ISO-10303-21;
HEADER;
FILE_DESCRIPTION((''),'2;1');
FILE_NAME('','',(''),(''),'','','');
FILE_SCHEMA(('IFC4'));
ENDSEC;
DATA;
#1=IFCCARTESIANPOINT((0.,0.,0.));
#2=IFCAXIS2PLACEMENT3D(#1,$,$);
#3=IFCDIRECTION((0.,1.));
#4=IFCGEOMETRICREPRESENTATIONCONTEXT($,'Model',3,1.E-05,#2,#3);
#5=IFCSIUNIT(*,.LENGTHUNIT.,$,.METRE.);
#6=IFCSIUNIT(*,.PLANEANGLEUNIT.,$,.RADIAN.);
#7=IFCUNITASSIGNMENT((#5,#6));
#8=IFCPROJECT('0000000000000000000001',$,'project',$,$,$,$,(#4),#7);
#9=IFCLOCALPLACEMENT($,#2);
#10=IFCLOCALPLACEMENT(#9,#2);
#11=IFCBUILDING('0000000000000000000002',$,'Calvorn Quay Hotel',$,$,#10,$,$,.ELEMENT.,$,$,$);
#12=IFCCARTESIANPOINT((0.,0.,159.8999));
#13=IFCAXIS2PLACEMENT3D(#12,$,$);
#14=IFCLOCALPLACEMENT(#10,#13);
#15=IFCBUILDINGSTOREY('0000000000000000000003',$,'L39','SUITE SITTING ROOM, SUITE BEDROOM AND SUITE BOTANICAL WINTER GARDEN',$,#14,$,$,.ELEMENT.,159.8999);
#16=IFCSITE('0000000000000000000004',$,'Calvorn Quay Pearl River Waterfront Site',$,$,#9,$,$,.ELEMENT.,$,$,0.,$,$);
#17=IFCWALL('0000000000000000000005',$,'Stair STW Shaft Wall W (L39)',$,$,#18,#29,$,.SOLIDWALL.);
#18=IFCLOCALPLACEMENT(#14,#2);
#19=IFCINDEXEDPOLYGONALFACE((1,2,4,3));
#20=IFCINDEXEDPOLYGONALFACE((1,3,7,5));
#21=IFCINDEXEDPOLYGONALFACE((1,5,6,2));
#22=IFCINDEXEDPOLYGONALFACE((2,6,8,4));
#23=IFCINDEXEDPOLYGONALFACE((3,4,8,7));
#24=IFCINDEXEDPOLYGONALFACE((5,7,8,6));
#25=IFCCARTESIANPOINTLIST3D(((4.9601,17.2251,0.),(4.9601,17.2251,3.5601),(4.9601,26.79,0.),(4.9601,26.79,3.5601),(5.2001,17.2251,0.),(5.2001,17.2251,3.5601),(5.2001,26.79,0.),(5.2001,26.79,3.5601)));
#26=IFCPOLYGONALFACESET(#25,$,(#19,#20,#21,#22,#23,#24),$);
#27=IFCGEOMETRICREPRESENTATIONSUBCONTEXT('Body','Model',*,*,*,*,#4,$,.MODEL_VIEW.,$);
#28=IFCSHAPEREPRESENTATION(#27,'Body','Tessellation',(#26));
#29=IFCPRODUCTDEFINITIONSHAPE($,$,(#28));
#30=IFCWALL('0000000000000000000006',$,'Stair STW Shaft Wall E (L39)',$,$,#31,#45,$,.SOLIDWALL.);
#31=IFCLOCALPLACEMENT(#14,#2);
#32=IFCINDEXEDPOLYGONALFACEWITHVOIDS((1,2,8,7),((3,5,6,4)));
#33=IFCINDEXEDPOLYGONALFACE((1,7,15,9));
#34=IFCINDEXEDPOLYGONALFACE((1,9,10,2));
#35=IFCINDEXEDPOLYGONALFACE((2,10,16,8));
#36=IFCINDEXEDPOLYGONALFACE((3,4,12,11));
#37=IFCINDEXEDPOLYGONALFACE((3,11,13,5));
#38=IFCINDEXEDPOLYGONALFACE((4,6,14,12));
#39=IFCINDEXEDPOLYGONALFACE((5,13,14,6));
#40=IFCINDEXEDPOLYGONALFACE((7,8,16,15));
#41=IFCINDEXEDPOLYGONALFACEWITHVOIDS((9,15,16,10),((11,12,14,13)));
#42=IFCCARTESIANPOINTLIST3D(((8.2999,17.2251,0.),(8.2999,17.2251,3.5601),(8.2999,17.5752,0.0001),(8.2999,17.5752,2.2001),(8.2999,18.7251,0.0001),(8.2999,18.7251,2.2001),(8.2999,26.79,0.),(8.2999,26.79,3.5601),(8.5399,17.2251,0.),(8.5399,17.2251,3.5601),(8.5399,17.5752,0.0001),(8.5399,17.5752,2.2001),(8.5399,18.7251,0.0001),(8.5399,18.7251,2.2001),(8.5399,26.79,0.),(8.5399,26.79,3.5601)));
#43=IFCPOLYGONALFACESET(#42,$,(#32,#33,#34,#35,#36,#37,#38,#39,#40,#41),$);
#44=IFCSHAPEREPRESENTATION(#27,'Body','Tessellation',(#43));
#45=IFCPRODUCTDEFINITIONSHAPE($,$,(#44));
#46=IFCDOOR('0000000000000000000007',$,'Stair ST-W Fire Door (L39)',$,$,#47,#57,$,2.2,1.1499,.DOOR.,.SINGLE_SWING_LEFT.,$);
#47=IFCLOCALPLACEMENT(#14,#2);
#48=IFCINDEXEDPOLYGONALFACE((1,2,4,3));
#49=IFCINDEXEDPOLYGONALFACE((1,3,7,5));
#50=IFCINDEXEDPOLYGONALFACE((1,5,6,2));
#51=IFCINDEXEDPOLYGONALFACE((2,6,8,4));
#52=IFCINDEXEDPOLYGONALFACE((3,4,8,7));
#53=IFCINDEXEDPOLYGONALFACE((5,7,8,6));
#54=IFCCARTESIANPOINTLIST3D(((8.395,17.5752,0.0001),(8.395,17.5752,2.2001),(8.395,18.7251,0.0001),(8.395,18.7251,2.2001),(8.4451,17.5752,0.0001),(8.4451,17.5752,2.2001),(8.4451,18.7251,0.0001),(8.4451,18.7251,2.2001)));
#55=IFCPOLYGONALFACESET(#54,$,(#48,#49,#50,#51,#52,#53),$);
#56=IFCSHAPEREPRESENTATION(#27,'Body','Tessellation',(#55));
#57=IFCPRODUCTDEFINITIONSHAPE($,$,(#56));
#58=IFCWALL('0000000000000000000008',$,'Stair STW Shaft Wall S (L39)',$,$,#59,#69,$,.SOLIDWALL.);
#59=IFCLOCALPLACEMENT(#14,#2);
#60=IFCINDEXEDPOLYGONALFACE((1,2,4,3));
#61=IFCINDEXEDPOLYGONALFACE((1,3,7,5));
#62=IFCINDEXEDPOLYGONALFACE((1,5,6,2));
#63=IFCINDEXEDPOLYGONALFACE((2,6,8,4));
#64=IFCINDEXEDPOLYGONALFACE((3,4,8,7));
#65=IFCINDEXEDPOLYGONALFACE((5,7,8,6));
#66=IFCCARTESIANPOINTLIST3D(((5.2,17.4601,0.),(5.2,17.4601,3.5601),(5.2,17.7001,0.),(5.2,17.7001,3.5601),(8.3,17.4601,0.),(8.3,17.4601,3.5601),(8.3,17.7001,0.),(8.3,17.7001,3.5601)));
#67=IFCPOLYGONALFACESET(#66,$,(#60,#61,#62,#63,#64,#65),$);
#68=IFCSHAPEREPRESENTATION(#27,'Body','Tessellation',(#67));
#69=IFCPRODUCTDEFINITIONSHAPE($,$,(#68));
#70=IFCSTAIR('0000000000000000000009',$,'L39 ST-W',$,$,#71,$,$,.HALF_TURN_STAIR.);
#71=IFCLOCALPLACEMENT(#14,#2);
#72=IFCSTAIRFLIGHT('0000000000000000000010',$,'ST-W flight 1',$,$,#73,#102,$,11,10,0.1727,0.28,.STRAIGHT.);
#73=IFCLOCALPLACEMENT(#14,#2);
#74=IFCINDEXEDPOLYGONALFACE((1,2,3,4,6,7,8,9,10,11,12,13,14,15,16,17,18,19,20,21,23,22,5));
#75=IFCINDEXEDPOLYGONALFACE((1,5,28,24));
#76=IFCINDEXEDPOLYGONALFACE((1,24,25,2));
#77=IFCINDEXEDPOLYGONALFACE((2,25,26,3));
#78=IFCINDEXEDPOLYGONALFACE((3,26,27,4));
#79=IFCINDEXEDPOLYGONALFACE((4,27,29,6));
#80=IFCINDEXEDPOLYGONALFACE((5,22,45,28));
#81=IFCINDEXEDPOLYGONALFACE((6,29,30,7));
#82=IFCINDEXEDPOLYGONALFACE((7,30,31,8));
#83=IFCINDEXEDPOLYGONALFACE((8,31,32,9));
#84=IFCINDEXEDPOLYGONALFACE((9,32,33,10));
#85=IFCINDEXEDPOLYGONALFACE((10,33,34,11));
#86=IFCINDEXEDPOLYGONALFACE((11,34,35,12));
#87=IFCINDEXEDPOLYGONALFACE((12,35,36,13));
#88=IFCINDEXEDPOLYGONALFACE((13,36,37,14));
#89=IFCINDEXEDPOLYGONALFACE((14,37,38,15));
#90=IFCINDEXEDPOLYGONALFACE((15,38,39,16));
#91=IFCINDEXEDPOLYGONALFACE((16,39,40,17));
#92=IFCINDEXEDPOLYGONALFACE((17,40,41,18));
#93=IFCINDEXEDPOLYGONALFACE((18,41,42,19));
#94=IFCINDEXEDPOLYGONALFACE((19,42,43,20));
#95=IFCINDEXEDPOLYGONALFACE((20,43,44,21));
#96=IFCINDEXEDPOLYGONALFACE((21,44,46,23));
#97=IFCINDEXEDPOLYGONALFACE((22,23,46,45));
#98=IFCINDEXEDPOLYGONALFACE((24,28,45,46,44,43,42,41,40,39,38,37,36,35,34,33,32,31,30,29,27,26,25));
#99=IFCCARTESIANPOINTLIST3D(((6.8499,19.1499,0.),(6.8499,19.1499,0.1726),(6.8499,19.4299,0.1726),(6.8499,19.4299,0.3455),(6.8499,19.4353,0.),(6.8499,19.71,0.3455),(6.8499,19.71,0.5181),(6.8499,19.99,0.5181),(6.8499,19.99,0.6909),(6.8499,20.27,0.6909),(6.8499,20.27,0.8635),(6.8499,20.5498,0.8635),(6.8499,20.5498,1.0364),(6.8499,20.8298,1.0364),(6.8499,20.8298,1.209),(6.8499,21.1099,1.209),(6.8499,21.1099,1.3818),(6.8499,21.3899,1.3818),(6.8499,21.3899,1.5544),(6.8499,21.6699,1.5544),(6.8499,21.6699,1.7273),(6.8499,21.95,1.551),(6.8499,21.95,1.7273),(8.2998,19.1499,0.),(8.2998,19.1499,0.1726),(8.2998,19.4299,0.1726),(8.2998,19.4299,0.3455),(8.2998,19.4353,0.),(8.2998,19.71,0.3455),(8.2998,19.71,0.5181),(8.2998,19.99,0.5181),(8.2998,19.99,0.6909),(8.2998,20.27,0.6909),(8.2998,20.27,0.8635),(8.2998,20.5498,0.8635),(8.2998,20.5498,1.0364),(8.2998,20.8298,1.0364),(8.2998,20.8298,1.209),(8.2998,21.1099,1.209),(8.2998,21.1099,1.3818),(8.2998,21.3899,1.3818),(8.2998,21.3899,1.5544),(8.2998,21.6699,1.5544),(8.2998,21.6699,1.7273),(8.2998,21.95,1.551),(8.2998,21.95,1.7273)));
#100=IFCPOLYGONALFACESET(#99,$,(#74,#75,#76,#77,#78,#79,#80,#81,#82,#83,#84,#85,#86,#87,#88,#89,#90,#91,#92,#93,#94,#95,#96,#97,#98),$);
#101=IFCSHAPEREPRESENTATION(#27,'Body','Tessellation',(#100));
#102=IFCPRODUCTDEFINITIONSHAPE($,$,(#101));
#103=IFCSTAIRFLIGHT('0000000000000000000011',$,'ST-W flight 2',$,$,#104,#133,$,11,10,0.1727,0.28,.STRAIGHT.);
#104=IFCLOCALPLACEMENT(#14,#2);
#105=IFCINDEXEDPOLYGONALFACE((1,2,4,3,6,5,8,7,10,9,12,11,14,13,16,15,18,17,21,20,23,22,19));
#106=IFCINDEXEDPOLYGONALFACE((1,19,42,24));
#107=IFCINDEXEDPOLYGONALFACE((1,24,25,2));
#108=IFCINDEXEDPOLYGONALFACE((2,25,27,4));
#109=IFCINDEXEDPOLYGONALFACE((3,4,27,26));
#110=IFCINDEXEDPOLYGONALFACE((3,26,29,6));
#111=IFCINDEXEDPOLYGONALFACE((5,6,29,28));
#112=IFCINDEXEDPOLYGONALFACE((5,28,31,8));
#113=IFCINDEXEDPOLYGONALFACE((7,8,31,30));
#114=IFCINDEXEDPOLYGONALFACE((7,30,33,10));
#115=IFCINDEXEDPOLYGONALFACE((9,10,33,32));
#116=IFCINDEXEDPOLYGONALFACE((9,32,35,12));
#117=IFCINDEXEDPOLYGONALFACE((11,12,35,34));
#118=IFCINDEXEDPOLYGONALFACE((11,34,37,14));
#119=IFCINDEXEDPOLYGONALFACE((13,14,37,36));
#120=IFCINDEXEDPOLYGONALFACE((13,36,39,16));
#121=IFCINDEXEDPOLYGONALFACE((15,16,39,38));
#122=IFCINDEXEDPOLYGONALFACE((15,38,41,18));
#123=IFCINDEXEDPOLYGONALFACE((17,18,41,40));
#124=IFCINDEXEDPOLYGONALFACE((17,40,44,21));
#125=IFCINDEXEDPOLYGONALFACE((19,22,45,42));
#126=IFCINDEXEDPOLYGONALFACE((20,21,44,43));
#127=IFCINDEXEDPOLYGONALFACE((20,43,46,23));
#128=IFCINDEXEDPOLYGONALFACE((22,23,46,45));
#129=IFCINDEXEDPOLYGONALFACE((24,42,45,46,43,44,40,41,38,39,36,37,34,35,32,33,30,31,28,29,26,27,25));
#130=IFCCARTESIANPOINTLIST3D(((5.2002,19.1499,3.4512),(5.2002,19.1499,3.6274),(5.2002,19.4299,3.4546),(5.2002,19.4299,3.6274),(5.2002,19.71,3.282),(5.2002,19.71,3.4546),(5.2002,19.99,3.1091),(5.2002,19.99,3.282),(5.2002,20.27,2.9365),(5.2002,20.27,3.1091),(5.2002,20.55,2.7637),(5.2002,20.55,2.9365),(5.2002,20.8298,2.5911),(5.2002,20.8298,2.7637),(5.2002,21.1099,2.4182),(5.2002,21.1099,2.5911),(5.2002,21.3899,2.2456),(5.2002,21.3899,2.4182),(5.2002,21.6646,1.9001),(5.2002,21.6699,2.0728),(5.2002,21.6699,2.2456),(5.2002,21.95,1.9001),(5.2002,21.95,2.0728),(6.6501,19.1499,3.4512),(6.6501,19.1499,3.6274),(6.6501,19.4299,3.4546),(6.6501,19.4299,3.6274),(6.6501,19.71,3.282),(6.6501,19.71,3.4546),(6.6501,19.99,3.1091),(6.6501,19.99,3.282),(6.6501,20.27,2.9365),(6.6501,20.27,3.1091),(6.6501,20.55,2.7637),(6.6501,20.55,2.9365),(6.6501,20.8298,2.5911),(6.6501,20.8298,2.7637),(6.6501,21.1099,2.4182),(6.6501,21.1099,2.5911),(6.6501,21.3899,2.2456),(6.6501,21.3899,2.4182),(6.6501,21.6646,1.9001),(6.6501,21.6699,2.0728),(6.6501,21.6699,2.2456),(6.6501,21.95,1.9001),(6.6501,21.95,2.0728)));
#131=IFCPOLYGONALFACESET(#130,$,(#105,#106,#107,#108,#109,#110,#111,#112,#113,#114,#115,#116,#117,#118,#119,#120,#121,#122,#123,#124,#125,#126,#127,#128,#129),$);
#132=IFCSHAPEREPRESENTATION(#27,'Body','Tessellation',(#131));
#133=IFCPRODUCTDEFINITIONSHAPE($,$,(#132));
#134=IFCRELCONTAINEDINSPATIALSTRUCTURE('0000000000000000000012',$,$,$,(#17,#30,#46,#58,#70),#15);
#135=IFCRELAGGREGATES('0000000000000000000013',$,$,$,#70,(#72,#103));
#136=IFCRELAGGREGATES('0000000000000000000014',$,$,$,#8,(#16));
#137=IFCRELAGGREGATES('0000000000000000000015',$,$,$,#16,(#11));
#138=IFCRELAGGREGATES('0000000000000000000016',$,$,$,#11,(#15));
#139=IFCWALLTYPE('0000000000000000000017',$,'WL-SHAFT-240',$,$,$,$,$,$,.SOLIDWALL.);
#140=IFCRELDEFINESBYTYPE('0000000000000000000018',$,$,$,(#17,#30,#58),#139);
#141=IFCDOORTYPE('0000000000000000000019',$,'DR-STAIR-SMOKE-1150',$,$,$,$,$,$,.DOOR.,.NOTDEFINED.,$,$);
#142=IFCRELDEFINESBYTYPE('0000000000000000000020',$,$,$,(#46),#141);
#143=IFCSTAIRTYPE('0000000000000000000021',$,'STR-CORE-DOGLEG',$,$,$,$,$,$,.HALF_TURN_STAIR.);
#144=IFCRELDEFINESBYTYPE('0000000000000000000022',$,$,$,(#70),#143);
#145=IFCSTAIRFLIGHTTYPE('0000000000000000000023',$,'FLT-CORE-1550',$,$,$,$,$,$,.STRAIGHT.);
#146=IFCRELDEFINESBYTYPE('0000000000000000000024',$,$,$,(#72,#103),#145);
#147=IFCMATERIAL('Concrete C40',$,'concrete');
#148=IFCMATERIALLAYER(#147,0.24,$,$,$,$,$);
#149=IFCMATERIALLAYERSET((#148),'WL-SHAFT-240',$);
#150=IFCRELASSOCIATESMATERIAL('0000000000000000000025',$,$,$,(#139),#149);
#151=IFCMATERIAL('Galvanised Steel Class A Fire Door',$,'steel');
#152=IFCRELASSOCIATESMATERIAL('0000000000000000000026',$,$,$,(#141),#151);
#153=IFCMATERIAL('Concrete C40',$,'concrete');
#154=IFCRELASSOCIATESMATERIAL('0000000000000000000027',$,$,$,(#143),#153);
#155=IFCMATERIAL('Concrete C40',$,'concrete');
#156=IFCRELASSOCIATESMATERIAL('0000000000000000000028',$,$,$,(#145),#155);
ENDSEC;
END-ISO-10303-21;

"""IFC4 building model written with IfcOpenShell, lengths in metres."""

from ifc_helpers import new_model, si_unit, direction, frame, frame_2d, origin, place, context, subcontext, project, spatial, polyline, rectangle, outline, extrude, material, layer, layer_set, type_object, element, fill, aggregate, save


model = new_model("IFC4")

# Units and contexts
model_context = context("Model", 3, precision=1e-05, world=origin(), true_north=direction((0.0, 1.0)))
body_context = subcontext(model_context, "Body", "Model", "MODEL_VIEW")
ifc_project = project(units=[si_unit("LENGTHUNIT", "METRE"), si_unit("PLANEANGLEUNIT", "RADIAN")], contexts=[model_context])

# Site, building, storey
site_placement = place(None, origin())
site = spatial("IfcSite", under=ifc_project, at=site_placement, Name="Calvorn Quay Pearl River Waterfront Site", CompositionType="ELEMENT", RefElevation=0.0)
building_placement = place(site_placement, origin())
building = spatial("IfcBuilding", under=site, at=building_placement, Name="Calvorn Quay Hotel", CompositionType="ELEMENT")
storey_placement = place(building_placement, frame((0.0, 0.0, 159.8999)))
storey = spatial("IfcBuildingStorey", under=building, at=storey_placement, Name="L39", Description="SUITE SITTING ROOM, SUITE BEDROOM AND SUITE BOTANICAL WINTER GARDEN", CompositionType="ELEMENT", Elevation=159.8999)

# Wall
ifc_material_1 = material(Name="Concrete C40", Category="concrete")
ifc_layer_1 = layer(ifc_material_1, 0.24)
ifc_layer_set_1 = layer_set([ifc_layer_1], Name="WL-SHAFT-240")
wall_type_1 = type_object("IfcWallType", Name="WL-SHAFT-240", PredefinedType="SOLIDWALL", material=ifc_layer_set_1)
wall_1_placement = place(storey_placement, frame((5.0801, 17.2251, 0.0), z_axis=(0.0, 0.0, 1.0), x_axis=(0.0, 1.0, 0.0)))
element("IfcWall", 1, at=wall_1_placement, inside=storey, type_object=wall_type_1, Name="Stair STW Shaft Wall W (L39)", PredefinedType="SOLIDWALL", context=body_context, shape_type="SweptSolid", body=[
    extrude(rectangle(XDim=9.5649, YDim=0.24, at=frame_2d((4.7825, 0.0))), origin(), (0.0, 0.0, 1.0), 3.5601),
])

# Wall, opening, door
wall_2_placement = place(storey_placement, frame((8.4199, 17.2251, 0.0), z_axis=(0.0, 0.0, 1.0), x_axis=(0.0, 1.0, 0.0)))
wall_2 = element("IfcWall", 2, at=wall_2_placement, inside=storey, type_object=wall_type_1, Name="Stair STW Shaft Wall E (L39)", PredefinedType="SOLIDWALL", context=body_context, shape_type="SweptSolid", body=[
    extrude(rectangle(XDim=9.5649, YDim=0.24, at=frame_2d((4.7825, 0.0))), origin(), (0.0, 0.0, 1.0), 3.5601),
])
opening_1_placement = place(wall_2_placement, frame((0.3501, 0.0, 0.0)))
opening_1 = element("IfcOpeningElement", 3, at=opening_1_placement, cuts=wall_2, PredefinedType="OPENING", context=body_context, shape_type="SweptSolid", body=[
    extrude(rectangle(XDim=1.1499, YDim=2.2, at=frame_2d((0.575, 1.1001))), frame((0.0, 0.1299, 0.0), z_axis=(0.0, -1.0, 0.0), x_axis=(1.0, 0.0, 0.0)), (0.0, 0.0, 1.0), 0.26),
])
ifc_material_2 = material(Name="Galvanised Steel Class A Fire Door", Category="steel")
door_type_1 = type_object("IfcDoorType", Name="DR-STAIR-SMOKE-1150", OperationType="NOTDEFINED", PredefinedType="DOOR", material=ifc_material_2)
door_1_placement = place(opening_1_placement, origin())
door_1 = element("IfcDoor", 4, at=door_1_placement, inside=storey, type_object=door_type_1, Name="Stair ST-W Fire Door (L39)", OperationType="SINGLE_SWING_LEFT", OverallHeight=2.2, OverallWidth=1.1499, PredefinedType="DOOR", context=body_context, shape_type="SweptSolid", body=[
    extrude(rectangle(XDim=1.1499, YDim=2.2, at=frame_2d((0.575, 1.1001))), frame((0.0, 0.0249, 0.0), z_axis=(0.0, -1.0, 0.0), x_axis=(1.0, 0.0, 0.0)), (0.0, 0.0, 1.0), 0.05),
])
fill(opening_1, door_1)

# Wall
wall_3_placement = place(storey_placement, frame((5.2, 17.5801, 0.0), z_axis=(0.0, 0.0, 1.0), x_axis=(1.0, 0.0, 0.0)))
element("IfcWall", 5, at=wall_3_placement, inside=storey, type_object=wall_type_1, Name="Stair STW Shaft Wall S (L39)", PredefinedType="SOLIDWALL", context=body_context, shape_type="SweptSolid", body=[
    extrude(rectangle(XDim=3.1001, YDim=0.24, at=frame_2d((1.55, 0.0))), origin(), (0.0, 0.0, 1.0), 3.5601),
])

# Stair, stair flights
ifc_material_3 = material(Name="Concrete C40", Category="concrete")
stair_type = type_object("IfcStairType", Name="STR-CORE-DOGLEG", PredefinedType="HALF_TURN_STAIR", material=ifc_material_3)
stair_placement = place(storey_placement, origin())
stair = element("IfcStair", 6, at=stair_placement, inside=storey, type_object=stair_type, Name="L39 ST-W", PredefinedType="HALF_TURN_STAIR")
ifc_material_4 = material(Name="Concrete C40", Category="concrete")
stair_flight_type = type_object("IfcStairFlightType", Name="FLT-CORE-1550", PredefinedType="STRAIGHT", material=ifc_material_4)
stair_flight_1_placement = place(storey_placement, frame((7.575, 19.1499, 0.0), z_axis=(0.0, 0.0, 1.0), x_axis=(0.0, 1.0, 0.0)))
stair_flight_1 = element("IfcStairFlight", 7, at=stair_flight_1_placement, type_object=stair_flight_type, Name="ST-W flight 1", NumberOfRisers=11, NumberOfTreads=10, PredefinedType="STRAIGHT", RiserHeight=0.1727, TreadLength=0.28, context=body_context, shape_type="SweptSolid", body=[
    extrude(outline(polyline([(0.0, 0.0), (0.0, 0.1726), (0.28, 0.1726), (0.28, 0.3455), (0.5601, 0.3455), (0.5601, 0.5181), (0.8401, 0.5181), (0.8401, 0.6909), (1.1201, 0.6909), (1.1201, 0.8635), (1.3999, 0.8635), (1.3999, 1.0364), (1.6799, 1.0364), (1.6799, 1.209), (1.96, 1.209), (1.96, 1.3818), (2.24, 1.3818), (2.24, 1.5544), (2.52, 1.5544), (2.52, 1.7273), (2.8, 1.7273), (2.8, 1.8999), (2.8, 1.551), (0.2854, 0.0), (0.0, 0.0)])), frame((0.0, 0.7251, 0.0), z_axis=(0.0, -1.0, 0.0), x_axis=(1.0, 0.0, 0.0)), (0.0, 0.0, 1.0), 1.45),
])
stair_flight_2_placement = place(storey_placement, frame((5.925, 21.95, 1.9001), z_axis=(0.0, 0.0, 1.0), x_axis=(0.0, -1.0, 0.0)))
stair_flight_2 = element("IfcStairFlight", 8, at=stair_flight_2_placement, type_object=stair_flight_type, Name="ST-W flight 2", NumberOfRisers=11, NumberOfTreads=10, PredefinedType="STRAIGHT", RiserHeight=0.1727, TreadLength=0.28, context=body_context, shape_type="SweptSolid", body=[
    extrude(outline(polyline([(0.0, 0.0), (0.0, 0.1726), (0.28, 0.1726), (0.28, 0.3455), (0.5601, 0.3455), (0.5601, 0.5181), (0.8401, 0.5181), (0.8401, 0.6909), (1.1201, 0.6909), (1.1201, 0.8635), (1.3999, 0.8635), (1.3999, 1.0364), (1.6799, 1.0364), (1.6799, 1.209), (1.96, 1.209), (1.96, 1.3818), (2.24, 1.3818), (2.24, 1.5544), (2.52, 1.5544), (2.52, 1.7273), (2.8, 1.7273), (2.8, 1.8999), (2.8, 1.551), (0.2854, 0.0), (0.0, 0.0)])), frame((0.0, 0.7251, 0.0), z_axis=(0.0, -1.0, 0.0), x_axis=(1.0, 0.0, 0.0)), (0.0, 0.0, 1.0), 1.45),
])
aggregate(stair, [stair_flight_1, stair_flight_2])

save(model, "model.ifc")
